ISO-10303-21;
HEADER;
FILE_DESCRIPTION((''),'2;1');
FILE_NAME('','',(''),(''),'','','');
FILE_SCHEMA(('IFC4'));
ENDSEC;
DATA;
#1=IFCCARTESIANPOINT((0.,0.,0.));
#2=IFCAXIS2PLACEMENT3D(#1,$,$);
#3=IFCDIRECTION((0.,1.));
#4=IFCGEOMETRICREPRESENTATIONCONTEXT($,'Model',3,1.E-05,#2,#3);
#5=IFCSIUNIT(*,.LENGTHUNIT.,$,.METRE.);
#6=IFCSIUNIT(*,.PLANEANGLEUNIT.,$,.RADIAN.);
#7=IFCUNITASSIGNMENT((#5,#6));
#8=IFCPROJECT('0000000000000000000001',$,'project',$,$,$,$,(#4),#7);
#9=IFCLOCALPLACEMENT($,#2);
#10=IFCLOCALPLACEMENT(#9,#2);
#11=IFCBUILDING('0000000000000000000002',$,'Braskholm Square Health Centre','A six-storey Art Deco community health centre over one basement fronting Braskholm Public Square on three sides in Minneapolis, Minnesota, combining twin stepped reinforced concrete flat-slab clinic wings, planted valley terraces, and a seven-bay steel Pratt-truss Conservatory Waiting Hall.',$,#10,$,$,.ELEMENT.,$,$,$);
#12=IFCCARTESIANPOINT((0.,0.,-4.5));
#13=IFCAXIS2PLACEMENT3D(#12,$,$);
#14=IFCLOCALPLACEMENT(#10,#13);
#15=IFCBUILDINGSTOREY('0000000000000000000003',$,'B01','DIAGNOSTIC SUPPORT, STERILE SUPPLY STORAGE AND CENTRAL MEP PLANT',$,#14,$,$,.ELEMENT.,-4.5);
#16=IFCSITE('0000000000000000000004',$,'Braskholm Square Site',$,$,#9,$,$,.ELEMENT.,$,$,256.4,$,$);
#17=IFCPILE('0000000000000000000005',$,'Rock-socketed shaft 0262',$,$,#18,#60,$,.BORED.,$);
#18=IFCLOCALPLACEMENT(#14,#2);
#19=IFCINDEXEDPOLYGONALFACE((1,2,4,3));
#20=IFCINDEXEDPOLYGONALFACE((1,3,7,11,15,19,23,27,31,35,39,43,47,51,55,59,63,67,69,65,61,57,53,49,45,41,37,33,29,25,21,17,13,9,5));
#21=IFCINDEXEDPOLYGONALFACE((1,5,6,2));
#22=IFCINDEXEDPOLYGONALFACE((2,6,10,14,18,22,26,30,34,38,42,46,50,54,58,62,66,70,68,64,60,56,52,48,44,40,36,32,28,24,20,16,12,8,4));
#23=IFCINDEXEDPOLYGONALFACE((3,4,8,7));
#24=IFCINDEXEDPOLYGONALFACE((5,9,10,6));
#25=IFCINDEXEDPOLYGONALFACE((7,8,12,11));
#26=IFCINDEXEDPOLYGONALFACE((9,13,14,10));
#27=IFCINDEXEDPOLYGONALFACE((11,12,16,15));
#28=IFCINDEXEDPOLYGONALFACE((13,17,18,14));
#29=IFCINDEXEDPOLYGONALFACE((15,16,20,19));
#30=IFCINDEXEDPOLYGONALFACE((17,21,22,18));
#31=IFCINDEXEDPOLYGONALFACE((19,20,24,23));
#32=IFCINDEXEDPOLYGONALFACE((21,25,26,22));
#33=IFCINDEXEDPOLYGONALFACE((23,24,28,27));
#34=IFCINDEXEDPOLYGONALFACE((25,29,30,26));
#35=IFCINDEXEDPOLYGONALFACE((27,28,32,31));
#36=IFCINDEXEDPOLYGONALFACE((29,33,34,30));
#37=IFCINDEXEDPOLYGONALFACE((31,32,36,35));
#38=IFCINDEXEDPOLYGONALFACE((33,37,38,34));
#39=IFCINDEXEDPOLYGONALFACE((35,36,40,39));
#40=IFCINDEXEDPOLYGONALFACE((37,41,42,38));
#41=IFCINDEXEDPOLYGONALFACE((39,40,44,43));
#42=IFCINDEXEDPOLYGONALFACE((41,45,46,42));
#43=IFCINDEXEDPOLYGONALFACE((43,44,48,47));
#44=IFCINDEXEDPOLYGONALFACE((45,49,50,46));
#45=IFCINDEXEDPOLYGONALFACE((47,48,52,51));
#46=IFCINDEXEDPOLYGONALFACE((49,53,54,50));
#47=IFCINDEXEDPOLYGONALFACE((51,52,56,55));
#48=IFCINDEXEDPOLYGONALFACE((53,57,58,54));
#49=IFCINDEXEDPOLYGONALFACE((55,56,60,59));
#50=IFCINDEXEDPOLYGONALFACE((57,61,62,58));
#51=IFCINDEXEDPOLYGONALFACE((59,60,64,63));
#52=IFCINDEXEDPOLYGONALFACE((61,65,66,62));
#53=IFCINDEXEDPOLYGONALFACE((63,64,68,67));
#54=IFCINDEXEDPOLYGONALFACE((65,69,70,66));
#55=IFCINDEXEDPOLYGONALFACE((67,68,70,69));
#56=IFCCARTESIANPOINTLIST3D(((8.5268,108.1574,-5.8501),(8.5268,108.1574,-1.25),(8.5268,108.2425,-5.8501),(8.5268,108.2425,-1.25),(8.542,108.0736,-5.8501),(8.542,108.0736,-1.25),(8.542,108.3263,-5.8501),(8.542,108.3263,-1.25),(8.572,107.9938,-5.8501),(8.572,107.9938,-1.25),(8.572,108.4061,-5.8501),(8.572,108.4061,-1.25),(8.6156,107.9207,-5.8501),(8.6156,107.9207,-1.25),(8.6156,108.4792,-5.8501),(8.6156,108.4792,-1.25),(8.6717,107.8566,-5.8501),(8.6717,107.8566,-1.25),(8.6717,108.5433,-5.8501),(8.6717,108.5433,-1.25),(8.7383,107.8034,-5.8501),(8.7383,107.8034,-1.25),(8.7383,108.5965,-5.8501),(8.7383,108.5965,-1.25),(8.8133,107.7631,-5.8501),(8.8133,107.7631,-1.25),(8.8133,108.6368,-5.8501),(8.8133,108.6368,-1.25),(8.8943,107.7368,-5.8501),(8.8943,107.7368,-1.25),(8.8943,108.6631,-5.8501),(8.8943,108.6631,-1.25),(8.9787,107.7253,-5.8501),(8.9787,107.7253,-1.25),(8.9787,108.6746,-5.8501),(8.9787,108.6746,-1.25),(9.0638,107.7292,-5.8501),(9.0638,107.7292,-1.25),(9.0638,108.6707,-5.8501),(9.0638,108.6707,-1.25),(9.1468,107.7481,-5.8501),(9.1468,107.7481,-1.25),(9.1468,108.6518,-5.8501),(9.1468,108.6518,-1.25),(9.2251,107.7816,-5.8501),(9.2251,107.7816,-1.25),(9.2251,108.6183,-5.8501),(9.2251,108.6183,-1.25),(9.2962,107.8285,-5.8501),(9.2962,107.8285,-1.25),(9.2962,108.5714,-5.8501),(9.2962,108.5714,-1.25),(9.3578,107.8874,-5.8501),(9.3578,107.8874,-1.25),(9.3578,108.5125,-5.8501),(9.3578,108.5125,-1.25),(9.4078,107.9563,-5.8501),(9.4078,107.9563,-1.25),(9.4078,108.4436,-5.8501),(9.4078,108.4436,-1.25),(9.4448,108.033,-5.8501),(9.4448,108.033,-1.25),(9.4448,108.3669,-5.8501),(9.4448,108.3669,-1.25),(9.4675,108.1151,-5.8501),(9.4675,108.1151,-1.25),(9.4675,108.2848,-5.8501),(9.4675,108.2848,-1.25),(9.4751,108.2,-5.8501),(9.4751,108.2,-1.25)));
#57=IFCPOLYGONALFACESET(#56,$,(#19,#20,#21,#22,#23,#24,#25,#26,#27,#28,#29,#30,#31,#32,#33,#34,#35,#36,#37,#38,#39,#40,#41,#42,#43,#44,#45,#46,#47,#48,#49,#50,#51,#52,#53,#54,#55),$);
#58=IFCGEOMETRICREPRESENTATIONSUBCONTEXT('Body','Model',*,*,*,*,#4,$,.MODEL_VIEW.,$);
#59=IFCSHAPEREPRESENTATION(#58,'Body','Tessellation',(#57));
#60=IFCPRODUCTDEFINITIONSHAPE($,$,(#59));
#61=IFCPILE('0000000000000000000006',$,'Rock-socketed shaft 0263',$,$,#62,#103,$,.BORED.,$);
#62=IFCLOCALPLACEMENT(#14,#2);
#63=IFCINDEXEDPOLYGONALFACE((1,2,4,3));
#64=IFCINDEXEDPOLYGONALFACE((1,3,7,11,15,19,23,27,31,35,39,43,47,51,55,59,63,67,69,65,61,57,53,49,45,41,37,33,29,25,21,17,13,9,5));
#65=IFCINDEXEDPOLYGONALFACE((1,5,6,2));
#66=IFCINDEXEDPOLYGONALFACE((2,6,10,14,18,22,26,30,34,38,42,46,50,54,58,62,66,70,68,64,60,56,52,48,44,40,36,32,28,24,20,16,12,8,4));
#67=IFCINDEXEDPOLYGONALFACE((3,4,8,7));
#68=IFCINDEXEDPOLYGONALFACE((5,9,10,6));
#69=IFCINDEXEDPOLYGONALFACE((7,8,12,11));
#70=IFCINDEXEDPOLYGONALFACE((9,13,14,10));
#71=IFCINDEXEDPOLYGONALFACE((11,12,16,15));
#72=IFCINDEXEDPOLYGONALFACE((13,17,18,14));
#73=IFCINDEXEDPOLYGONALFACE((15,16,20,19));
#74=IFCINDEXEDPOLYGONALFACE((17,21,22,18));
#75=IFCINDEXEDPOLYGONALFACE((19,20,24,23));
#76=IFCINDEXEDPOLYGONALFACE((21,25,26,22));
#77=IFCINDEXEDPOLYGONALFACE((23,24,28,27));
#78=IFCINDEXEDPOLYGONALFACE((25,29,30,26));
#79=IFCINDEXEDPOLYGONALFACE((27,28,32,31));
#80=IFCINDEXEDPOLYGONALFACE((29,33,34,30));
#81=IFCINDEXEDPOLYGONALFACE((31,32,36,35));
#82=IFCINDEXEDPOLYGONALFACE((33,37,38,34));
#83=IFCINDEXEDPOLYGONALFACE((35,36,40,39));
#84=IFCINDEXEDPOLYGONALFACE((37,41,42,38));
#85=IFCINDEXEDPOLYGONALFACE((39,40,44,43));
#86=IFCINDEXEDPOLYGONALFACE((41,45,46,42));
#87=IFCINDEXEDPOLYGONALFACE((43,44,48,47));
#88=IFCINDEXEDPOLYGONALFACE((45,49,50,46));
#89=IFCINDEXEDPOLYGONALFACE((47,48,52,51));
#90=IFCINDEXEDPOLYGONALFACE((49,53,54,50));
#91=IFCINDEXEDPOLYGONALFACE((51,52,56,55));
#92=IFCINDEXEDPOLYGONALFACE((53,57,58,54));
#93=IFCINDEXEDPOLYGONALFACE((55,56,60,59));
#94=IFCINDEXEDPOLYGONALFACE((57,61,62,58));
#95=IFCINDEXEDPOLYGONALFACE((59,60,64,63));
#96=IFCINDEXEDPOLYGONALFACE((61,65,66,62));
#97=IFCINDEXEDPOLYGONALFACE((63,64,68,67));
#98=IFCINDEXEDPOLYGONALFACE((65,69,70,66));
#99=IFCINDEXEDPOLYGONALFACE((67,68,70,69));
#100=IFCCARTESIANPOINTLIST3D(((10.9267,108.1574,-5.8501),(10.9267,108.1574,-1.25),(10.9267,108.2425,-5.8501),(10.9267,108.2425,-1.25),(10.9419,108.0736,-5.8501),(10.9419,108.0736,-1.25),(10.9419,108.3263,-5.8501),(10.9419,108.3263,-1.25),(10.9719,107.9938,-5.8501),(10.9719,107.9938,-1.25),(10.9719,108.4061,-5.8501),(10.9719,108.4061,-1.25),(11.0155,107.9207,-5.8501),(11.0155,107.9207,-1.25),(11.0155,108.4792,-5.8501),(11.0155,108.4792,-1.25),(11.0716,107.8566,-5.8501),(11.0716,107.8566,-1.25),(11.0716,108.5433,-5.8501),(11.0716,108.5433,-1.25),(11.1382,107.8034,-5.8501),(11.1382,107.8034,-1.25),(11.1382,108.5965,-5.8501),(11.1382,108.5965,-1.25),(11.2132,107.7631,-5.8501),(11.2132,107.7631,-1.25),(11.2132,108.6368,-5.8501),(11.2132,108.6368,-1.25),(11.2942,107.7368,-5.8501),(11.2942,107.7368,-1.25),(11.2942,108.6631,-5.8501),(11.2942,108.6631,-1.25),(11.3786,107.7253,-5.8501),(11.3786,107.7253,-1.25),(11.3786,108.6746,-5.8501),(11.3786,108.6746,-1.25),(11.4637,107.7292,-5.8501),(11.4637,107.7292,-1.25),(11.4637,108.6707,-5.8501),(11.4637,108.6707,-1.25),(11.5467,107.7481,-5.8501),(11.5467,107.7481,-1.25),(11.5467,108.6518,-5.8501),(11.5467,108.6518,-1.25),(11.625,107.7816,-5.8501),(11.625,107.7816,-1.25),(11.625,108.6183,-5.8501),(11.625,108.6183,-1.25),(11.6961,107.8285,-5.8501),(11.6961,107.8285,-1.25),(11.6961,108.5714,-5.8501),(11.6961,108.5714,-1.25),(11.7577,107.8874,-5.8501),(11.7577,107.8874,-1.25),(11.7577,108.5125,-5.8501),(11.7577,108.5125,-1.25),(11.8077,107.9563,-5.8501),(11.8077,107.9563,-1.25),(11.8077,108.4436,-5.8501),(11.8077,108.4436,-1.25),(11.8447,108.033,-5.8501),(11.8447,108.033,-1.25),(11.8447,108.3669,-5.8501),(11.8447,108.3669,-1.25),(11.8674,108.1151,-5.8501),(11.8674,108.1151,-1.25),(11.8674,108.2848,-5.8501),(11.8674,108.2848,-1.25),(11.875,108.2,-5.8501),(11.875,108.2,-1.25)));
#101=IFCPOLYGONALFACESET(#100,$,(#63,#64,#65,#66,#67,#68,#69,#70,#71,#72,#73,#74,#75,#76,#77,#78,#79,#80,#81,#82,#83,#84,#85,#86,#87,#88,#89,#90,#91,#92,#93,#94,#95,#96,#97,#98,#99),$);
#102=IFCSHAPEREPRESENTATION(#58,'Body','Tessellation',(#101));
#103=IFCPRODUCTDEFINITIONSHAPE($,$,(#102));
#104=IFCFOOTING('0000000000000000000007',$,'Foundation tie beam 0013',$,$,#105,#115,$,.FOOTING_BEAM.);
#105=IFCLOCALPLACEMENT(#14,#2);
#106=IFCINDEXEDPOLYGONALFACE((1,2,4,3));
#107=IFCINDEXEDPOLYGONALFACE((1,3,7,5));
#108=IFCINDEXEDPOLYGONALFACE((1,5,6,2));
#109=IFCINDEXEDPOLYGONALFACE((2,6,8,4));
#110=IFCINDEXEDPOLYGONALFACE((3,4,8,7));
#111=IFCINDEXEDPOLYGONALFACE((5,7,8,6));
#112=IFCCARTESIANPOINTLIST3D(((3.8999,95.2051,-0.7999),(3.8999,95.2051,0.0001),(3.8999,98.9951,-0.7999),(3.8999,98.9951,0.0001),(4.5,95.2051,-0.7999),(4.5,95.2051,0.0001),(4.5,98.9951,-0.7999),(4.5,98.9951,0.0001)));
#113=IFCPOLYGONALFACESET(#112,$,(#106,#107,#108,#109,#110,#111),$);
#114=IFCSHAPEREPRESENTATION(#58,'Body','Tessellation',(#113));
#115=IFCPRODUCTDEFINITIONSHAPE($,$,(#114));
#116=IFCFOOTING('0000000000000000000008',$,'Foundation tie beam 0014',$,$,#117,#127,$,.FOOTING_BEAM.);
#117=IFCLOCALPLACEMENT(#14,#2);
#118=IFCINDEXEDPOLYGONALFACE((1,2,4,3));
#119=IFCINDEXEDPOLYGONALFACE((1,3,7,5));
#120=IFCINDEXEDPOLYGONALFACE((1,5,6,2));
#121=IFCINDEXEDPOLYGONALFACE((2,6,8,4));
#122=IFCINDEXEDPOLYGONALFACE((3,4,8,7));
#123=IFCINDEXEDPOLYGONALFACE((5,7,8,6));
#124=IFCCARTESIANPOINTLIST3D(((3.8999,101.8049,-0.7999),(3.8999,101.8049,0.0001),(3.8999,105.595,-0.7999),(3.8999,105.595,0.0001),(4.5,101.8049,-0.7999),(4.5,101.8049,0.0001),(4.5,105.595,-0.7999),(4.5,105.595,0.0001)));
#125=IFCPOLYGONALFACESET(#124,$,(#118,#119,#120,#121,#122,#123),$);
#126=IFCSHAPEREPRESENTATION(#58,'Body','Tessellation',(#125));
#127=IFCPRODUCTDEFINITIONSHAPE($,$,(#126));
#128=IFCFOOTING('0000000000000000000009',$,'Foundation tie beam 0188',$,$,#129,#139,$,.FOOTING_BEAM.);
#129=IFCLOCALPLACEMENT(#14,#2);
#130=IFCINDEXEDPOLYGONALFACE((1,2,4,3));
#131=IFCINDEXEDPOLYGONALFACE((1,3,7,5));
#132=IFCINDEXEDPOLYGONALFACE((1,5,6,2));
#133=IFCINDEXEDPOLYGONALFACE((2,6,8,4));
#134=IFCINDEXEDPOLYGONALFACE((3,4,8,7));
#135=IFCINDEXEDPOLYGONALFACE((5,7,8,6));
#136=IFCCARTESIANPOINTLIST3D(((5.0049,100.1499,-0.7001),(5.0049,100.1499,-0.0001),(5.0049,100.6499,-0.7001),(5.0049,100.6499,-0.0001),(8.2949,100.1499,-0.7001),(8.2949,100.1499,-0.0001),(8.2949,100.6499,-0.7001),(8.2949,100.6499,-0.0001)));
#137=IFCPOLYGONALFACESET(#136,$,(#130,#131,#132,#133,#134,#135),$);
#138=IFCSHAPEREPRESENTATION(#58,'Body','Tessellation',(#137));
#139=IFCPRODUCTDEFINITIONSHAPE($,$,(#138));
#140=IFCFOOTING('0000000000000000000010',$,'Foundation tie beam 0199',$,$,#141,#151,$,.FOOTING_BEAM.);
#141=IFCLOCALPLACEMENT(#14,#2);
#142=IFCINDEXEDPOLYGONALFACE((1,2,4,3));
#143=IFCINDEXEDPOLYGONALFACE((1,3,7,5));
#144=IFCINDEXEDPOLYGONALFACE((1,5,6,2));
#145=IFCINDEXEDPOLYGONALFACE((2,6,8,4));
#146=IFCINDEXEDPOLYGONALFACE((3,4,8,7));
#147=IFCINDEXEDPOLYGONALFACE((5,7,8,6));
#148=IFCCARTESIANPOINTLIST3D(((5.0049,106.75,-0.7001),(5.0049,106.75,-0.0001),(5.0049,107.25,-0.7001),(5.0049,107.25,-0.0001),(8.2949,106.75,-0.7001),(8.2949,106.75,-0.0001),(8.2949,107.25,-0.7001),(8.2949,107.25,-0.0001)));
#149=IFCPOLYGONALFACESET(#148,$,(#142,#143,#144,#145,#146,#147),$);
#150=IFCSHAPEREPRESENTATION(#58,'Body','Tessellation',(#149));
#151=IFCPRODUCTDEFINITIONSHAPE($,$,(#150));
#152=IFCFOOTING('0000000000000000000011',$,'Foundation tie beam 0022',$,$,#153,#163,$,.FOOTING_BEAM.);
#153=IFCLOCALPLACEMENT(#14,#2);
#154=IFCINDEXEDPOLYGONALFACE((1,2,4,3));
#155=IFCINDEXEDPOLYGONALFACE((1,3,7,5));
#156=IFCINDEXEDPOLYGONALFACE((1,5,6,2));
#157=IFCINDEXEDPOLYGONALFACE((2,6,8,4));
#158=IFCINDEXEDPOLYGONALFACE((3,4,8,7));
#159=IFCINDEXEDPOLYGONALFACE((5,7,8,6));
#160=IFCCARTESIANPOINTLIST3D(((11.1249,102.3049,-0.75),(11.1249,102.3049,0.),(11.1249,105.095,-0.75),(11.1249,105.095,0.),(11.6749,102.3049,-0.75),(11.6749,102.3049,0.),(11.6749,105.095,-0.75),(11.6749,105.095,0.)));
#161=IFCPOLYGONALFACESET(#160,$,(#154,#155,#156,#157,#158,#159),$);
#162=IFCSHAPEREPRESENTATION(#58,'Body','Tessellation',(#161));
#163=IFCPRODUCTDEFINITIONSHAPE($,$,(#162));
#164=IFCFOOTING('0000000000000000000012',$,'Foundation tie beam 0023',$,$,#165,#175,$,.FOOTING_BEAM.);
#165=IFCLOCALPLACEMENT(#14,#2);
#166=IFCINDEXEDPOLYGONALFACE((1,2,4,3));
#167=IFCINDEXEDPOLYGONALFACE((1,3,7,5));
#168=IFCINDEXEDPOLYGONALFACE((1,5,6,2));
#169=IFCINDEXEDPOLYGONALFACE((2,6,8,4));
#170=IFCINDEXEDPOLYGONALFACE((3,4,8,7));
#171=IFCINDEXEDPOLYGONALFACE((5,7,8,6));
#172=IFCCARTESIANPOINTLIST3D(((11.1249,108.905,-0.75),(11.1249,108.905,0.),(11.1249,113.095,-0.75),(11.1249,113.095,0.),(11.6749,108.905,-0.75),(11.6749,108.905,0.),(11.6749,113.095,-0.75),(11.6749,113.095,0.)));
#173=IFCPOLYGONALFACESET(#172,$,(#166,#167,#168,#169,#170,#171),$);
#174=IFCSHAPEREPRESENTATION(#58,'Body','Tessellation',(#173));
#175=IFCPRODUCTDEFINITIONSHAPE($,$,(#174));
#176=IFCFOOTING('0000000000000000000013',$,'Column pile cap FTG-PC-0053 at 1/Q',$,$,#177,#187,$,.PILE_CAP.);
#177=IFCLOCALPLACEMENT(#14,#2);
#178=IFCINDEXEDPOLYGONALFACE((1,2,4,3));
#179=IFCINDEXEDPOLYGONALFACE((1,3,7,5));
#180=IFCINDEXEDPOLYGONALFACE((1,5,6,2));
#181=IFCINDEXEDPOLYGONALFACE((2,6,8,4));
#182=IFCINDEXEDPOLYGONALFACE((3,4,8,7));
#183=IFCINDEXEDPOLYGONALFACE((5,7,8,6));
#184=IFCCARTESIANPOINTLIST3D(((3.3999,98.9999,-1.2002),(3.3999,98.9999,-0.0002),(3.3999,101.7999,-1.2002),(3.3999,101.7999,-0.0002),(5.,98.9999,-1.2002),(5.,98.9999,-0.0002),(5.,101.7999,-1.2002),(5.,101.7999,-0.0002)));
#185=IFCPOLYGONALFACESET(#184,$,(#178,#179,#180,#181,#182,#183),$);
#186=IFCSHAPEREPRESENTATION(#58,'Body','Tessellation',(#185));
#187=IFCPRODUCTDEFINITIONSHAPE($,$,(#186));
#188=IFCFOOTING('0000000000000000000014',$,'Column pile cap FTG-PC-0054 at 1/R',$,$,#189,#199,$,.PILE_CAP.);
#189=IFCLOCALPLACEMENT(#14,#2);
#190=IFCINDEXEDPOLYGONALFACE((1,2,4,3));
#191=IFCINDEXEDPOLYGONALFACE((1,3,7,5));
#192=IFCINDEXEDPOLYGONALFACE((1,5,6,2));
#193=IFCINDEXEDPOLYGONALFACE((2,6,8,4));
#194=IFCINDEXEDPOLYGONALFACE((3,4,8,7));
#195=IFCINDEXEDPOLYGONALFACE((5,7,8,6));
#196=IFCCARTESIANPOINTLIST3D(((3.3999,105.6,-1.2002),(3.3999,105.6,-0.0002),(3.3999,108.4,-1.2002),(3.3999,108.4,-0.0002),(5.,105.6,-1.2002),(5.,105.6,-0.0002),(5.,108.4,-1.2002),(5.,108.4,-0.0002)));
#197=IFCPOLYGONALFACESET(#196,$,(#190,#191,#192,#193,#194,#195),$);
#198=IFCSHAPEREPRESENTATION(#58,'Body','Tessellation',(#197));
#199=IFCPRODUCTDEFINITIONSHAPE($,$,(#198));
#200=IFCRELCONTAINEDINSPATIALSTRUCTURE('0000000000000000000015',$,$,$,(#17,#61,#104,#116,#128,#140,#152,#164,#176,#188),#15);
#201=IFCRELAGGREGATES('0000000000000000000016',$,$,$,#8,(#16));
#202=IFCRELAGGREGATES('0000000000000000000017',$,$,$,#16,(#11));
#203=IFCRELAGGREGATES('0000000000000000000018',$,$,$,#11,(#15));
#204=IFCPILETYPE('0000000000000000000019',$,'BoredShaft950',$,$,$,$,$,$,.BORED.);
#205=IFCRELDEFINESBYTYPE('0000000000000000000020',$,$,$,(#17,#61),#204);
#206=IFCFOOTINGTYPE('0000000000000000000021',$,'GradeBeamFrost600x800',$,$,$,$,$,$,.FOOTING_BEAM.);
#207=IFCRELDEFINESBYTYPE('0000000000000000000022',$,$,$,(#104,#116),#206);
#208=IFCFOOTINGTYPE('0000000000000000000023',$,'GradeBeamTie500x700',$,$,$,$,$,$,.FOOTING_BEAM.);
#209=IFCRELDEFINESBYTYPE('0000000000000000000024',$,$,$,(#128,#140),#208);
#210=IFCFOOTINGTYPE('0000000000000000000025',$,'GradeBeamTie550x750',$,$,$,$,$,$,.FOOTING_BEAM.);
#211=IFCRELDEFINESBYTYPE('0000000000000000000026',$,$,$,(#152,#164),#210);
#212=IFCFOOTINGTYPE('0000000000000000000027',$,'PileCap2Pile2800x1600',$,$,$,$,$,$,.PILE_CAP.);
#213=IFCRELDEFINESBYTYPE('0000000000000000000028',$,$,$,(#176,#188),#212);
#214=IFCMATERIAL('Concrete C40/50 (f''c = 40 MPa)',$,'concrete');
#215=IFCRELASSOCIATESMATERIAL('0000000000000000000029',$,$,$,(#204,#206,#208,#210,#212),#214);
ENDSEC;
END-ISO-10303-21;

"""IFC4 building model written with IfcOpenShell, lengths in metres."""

from ifc_helpers import new_model, si_unit, direction, frame, origin, origin_2d, place, context, subcontext, project, spatial, rectangle, circle, extrude, material, material_profile, profile_set, type_object, element, save


model = new_model("IFC4")

# Units and contexts
model_context = context("Model", 3, precision=1e-05, world=origin(), true_north=direction((0.0, 1.0)))
body_context = subcontext(model_context, "Body", "Model", "MODEL_VIEW")
ifc_project = project(units=[si_unit("LENGTHUNIT", "METRE"), si_unit("PLANEANGLEUNIT", "RADIAN")], contexts=[model_context])

# Site, building, storey
site_placement = place(None, origin())
site = spatial("IfcSite", under=ifc_project, at=site_placement, Name="Braskholm Square Site", CompositionType="ELEMENT", RefElevation=256.4)
building_placement = place(site_placement, origin())
building = spatial("IfcBuilding", under=site, at=building_placement, Name="Braskholm Square Health Centre", Description="A six-storey Art Deco community health centre over one basement fronting Braskholm Public Square on three sides in Minneapolis, Minnesota, combining twin stepped reinforced concrete flat-slab clinic wings, planted valley terraces, and a seven-bay steel Pratt-truss Conservatory Waiting Hall.", CompositionType="ELEMENT")
storey_placement = place(building_placement, frame((0.0, 0.0, -4.5)))
storey = spatial("IfcBuildingStorey", under=building, at=storey_placement, Name="B01", Description="DIAGNOSTIC SUPPORT, STERILE SUPPLY STORAGE AND CENTRAL MEP PLANT", CompositionType="ELEMENT", Elevation=-4.5)

# Piles
ifc_material_1 = material(Name="Concrete C40/50 (f'c = 40 MPa)", Category="concrete")
ifc_material_profile_1 = material_profile(ifc_material_1, circle(Radius=0.4751, at=origin_2d()), Name="BORED-PILE-950")
ifc_profile_set_1 = profile_set([ifc_material_profile_1], Name="Concrete C40/50 (f'c = 40 MPa)")
pile_type_1 = type_object("IfcPileType", Name="BoredShaft950", PredefinedType="BORED", material=ifc_profile_set_1)
for number, where, z_axis, x_axis, name in (
    (1, (9.0, 108.2, -1.25), (0.0, 0.0, -1.0), (1.0, 0.0, 0.0), "Rock-socketed shaft 0262"),
    (2, (11.3999, 108.2, -1.25), (0.0, 0.0, -1.0), (1.0, 0.0, 0.0), "Rock-socketed shaft 0263"),
):
    element("IfcPile", number, at=place(storey_placement, frame(where, z_axis=z_axis, x_axis=x_axis)), inside=storey, type_object=pile_type_1, Name=name, PredefinedType="BORED", context=body_context, shape_type="SweptSolid", body=[
        extrude(circle(Radius=0.4751, at=origin_2d()), origin(), (0.0, 0.0, 1.0), 4.6001),
    ])

# Footings
ifc_material_profile_2 = material_profile(ifc_material_1, rectangle(XDim=0.6001, YDim=0.8, at=origin_2d()), Name="FTG-600X800")
ifc_profile_set_2 = profile_set([ifc_material_profile_2], Name="Concrete C40/50 (f'c = 40 MPa)")
footing_type_1 = type_object("IfcFootingType", Name="GradeBeamFrost600x800", PredefinedType="FOOTING_BEAM", material=ifc_profile_set_2)
for number, where, z_axis, x_axis, name in (
    (3, (4.2, 95.2051, -0.3999), (0.0, 1.0, 0.0), (-1.0, 0.0, 0.0), "Foundation tie beam 0013"),
    (4, (4.2, 101.8049, -0.3999), (0.0, 1.0, 0.0), (-1.0, 0.0, 0.0), "Foundation tie beam 0014"),
):
    element("IfcFooting", number, at=place(storey_placement, frame(where, z_axis=z_axis, x_axis=x_axis)), inside=storey, type_object=footing_type_1, Name=name, PredefinedType="FOOTING_BEAM", context=body_context, shape_type="SweptSolid", body=[
        extrude(rectangle(XDim=0.6001, YDim=0.8, at=origin_2d()), origin(), (0.0, 0.0, 1.0), 3.79),
    ])
ifc_material_profile_3 = material_profile(ifc_material_1, rectangle(XDim=0.5, YDim=0.7, at=origin_2d()), Name="FTG-500X700")
ifc_profile_set_3 = profile_set([ifc_material_profile_3], Name="Concrete C40/50 (f'c = 40 MPa)")
footing_type_2 = type_object("IfcFootingType", Name="GradeBeamTie500x700", PredefinedType="FOOTING_BEAM", material=ifc_profile_set_3)
for number, where, z_axis, x_axis, name in (
    (5, (5.0049, 100.3999, -0.3501), (1.0, 0.0, 0.0), (0.0, 1.0, 0.0), "Foundation tie beam 0188"),
    (6, (5.0049, 107.0, -0.3501), (1.0, 0.0, 0.0), (0.0, 1.0, 0.0), "Foundation tie beam 0199"),
):
    element("IfcFooting", number, at=place(storey_placement, frame(where, z_axis=z_axis, x_axis=x_axis)), inside=storey, type_object=footing_type_2, Name=name, PredefinedType="FOOTING_BEAM", context=body_context, shape_type="SweptSolid", body=[
        extrude(rectangle(XDim=0.5, YDim=0.7, at=origin_2d()), origin(), (0.0, 0.0, 1.0), 3.29),
    ])
ifc_material_profile_4 = material_profile(ifc_material_1, rectangle(XDim=0.55, YDim=0.75, at=origin_2d()), Name="FTG-550X750")
ifc_profile_set_4 = profile_set([ifc_material_profile_4], Name="Concrete C40/50 (f'c = 40 MPa)")
footing_type_3 = type_object("IfcFootingType", Name="GradeBeamTie550x750", PredefinedType="FOOTING_BEAM", material=ifc_profile_set_4)
footing_1_placement = place(storey_placement, frame((11.3999, 102.3049, -0.375), z_axis=(0.0, 1.0, 0.0), x_axis=(-1.0, 0.0, 0.0)))
element("IfcFooting", 7, at=footing_1_placement, inside=storey, type_object=footing_type_3, Name="Foundation tie beam 0022", PredefinedType="FOOTING_BEAM", context=body_context, shape_type="SweptSolid", body=[
    extrude(rectangle(XDim=0.55, YDim=0.75, at=origin_2d()), origin(), (0.0, 0.0, 1.0), 2.79),
])
footing_2_placement = place(storey_placement, frame((11.3999, 108.905, -0.375), z_axis=(0.0, 1.0, 0.0), x_axis=(-1.0, 0.0, 0.0)))
element("IfcFooting", 8, at=footing_2_placement, inside=storey, type_object=footing_type_3, Name="Foundation tie beam 0023", PredefinedType="FOOTING_BEAM", context=body_context, shape_type="SweptSolid", body=[
    extrude(rectangle(XDim=0.55, YDim=0.75, at=origin_2d()), origin(), (0.0, 0.0, 1.0), 4.1899),
])
footing_type_4 = type_object("IfcFootingType", Name="PileCap2Pile2800x1600", PredefinedType="PILE_CAP", material=ifc_material_1)
for number, where, z_axis, x_axis, name in (
    (9, (4.2, 100.3999, -1.2002), (0.0, 0.0, 1.0), (0.0, 1.0, 0.0), "Column pile cap FTG-PC-0053 at 1/Q"),
    (10, (4.2, 107.0, -1.2002), (0.0, 0.0, 1.0), (0.0, 1.0, 0.0), "Column pile cap FTG-PC-0054 at 1/R"),
):
    element("IfcFooting", number, at=place(storey_placement, frame(where, z_axis=z_axis, x_axis=x_axis)), inside=storey, type_object=footing_type_4, Name=name, PredefinedType="PILE_CAP", context=body_context, shape_type="SweptSolid", body=[
        extrude(rectangle(XDim=2.8, YDim=1.6001, at=origin_2d()), origin(), (0.0, 0.0, 1.0), 1.2),
    ])

save(model, "model.ifc")
